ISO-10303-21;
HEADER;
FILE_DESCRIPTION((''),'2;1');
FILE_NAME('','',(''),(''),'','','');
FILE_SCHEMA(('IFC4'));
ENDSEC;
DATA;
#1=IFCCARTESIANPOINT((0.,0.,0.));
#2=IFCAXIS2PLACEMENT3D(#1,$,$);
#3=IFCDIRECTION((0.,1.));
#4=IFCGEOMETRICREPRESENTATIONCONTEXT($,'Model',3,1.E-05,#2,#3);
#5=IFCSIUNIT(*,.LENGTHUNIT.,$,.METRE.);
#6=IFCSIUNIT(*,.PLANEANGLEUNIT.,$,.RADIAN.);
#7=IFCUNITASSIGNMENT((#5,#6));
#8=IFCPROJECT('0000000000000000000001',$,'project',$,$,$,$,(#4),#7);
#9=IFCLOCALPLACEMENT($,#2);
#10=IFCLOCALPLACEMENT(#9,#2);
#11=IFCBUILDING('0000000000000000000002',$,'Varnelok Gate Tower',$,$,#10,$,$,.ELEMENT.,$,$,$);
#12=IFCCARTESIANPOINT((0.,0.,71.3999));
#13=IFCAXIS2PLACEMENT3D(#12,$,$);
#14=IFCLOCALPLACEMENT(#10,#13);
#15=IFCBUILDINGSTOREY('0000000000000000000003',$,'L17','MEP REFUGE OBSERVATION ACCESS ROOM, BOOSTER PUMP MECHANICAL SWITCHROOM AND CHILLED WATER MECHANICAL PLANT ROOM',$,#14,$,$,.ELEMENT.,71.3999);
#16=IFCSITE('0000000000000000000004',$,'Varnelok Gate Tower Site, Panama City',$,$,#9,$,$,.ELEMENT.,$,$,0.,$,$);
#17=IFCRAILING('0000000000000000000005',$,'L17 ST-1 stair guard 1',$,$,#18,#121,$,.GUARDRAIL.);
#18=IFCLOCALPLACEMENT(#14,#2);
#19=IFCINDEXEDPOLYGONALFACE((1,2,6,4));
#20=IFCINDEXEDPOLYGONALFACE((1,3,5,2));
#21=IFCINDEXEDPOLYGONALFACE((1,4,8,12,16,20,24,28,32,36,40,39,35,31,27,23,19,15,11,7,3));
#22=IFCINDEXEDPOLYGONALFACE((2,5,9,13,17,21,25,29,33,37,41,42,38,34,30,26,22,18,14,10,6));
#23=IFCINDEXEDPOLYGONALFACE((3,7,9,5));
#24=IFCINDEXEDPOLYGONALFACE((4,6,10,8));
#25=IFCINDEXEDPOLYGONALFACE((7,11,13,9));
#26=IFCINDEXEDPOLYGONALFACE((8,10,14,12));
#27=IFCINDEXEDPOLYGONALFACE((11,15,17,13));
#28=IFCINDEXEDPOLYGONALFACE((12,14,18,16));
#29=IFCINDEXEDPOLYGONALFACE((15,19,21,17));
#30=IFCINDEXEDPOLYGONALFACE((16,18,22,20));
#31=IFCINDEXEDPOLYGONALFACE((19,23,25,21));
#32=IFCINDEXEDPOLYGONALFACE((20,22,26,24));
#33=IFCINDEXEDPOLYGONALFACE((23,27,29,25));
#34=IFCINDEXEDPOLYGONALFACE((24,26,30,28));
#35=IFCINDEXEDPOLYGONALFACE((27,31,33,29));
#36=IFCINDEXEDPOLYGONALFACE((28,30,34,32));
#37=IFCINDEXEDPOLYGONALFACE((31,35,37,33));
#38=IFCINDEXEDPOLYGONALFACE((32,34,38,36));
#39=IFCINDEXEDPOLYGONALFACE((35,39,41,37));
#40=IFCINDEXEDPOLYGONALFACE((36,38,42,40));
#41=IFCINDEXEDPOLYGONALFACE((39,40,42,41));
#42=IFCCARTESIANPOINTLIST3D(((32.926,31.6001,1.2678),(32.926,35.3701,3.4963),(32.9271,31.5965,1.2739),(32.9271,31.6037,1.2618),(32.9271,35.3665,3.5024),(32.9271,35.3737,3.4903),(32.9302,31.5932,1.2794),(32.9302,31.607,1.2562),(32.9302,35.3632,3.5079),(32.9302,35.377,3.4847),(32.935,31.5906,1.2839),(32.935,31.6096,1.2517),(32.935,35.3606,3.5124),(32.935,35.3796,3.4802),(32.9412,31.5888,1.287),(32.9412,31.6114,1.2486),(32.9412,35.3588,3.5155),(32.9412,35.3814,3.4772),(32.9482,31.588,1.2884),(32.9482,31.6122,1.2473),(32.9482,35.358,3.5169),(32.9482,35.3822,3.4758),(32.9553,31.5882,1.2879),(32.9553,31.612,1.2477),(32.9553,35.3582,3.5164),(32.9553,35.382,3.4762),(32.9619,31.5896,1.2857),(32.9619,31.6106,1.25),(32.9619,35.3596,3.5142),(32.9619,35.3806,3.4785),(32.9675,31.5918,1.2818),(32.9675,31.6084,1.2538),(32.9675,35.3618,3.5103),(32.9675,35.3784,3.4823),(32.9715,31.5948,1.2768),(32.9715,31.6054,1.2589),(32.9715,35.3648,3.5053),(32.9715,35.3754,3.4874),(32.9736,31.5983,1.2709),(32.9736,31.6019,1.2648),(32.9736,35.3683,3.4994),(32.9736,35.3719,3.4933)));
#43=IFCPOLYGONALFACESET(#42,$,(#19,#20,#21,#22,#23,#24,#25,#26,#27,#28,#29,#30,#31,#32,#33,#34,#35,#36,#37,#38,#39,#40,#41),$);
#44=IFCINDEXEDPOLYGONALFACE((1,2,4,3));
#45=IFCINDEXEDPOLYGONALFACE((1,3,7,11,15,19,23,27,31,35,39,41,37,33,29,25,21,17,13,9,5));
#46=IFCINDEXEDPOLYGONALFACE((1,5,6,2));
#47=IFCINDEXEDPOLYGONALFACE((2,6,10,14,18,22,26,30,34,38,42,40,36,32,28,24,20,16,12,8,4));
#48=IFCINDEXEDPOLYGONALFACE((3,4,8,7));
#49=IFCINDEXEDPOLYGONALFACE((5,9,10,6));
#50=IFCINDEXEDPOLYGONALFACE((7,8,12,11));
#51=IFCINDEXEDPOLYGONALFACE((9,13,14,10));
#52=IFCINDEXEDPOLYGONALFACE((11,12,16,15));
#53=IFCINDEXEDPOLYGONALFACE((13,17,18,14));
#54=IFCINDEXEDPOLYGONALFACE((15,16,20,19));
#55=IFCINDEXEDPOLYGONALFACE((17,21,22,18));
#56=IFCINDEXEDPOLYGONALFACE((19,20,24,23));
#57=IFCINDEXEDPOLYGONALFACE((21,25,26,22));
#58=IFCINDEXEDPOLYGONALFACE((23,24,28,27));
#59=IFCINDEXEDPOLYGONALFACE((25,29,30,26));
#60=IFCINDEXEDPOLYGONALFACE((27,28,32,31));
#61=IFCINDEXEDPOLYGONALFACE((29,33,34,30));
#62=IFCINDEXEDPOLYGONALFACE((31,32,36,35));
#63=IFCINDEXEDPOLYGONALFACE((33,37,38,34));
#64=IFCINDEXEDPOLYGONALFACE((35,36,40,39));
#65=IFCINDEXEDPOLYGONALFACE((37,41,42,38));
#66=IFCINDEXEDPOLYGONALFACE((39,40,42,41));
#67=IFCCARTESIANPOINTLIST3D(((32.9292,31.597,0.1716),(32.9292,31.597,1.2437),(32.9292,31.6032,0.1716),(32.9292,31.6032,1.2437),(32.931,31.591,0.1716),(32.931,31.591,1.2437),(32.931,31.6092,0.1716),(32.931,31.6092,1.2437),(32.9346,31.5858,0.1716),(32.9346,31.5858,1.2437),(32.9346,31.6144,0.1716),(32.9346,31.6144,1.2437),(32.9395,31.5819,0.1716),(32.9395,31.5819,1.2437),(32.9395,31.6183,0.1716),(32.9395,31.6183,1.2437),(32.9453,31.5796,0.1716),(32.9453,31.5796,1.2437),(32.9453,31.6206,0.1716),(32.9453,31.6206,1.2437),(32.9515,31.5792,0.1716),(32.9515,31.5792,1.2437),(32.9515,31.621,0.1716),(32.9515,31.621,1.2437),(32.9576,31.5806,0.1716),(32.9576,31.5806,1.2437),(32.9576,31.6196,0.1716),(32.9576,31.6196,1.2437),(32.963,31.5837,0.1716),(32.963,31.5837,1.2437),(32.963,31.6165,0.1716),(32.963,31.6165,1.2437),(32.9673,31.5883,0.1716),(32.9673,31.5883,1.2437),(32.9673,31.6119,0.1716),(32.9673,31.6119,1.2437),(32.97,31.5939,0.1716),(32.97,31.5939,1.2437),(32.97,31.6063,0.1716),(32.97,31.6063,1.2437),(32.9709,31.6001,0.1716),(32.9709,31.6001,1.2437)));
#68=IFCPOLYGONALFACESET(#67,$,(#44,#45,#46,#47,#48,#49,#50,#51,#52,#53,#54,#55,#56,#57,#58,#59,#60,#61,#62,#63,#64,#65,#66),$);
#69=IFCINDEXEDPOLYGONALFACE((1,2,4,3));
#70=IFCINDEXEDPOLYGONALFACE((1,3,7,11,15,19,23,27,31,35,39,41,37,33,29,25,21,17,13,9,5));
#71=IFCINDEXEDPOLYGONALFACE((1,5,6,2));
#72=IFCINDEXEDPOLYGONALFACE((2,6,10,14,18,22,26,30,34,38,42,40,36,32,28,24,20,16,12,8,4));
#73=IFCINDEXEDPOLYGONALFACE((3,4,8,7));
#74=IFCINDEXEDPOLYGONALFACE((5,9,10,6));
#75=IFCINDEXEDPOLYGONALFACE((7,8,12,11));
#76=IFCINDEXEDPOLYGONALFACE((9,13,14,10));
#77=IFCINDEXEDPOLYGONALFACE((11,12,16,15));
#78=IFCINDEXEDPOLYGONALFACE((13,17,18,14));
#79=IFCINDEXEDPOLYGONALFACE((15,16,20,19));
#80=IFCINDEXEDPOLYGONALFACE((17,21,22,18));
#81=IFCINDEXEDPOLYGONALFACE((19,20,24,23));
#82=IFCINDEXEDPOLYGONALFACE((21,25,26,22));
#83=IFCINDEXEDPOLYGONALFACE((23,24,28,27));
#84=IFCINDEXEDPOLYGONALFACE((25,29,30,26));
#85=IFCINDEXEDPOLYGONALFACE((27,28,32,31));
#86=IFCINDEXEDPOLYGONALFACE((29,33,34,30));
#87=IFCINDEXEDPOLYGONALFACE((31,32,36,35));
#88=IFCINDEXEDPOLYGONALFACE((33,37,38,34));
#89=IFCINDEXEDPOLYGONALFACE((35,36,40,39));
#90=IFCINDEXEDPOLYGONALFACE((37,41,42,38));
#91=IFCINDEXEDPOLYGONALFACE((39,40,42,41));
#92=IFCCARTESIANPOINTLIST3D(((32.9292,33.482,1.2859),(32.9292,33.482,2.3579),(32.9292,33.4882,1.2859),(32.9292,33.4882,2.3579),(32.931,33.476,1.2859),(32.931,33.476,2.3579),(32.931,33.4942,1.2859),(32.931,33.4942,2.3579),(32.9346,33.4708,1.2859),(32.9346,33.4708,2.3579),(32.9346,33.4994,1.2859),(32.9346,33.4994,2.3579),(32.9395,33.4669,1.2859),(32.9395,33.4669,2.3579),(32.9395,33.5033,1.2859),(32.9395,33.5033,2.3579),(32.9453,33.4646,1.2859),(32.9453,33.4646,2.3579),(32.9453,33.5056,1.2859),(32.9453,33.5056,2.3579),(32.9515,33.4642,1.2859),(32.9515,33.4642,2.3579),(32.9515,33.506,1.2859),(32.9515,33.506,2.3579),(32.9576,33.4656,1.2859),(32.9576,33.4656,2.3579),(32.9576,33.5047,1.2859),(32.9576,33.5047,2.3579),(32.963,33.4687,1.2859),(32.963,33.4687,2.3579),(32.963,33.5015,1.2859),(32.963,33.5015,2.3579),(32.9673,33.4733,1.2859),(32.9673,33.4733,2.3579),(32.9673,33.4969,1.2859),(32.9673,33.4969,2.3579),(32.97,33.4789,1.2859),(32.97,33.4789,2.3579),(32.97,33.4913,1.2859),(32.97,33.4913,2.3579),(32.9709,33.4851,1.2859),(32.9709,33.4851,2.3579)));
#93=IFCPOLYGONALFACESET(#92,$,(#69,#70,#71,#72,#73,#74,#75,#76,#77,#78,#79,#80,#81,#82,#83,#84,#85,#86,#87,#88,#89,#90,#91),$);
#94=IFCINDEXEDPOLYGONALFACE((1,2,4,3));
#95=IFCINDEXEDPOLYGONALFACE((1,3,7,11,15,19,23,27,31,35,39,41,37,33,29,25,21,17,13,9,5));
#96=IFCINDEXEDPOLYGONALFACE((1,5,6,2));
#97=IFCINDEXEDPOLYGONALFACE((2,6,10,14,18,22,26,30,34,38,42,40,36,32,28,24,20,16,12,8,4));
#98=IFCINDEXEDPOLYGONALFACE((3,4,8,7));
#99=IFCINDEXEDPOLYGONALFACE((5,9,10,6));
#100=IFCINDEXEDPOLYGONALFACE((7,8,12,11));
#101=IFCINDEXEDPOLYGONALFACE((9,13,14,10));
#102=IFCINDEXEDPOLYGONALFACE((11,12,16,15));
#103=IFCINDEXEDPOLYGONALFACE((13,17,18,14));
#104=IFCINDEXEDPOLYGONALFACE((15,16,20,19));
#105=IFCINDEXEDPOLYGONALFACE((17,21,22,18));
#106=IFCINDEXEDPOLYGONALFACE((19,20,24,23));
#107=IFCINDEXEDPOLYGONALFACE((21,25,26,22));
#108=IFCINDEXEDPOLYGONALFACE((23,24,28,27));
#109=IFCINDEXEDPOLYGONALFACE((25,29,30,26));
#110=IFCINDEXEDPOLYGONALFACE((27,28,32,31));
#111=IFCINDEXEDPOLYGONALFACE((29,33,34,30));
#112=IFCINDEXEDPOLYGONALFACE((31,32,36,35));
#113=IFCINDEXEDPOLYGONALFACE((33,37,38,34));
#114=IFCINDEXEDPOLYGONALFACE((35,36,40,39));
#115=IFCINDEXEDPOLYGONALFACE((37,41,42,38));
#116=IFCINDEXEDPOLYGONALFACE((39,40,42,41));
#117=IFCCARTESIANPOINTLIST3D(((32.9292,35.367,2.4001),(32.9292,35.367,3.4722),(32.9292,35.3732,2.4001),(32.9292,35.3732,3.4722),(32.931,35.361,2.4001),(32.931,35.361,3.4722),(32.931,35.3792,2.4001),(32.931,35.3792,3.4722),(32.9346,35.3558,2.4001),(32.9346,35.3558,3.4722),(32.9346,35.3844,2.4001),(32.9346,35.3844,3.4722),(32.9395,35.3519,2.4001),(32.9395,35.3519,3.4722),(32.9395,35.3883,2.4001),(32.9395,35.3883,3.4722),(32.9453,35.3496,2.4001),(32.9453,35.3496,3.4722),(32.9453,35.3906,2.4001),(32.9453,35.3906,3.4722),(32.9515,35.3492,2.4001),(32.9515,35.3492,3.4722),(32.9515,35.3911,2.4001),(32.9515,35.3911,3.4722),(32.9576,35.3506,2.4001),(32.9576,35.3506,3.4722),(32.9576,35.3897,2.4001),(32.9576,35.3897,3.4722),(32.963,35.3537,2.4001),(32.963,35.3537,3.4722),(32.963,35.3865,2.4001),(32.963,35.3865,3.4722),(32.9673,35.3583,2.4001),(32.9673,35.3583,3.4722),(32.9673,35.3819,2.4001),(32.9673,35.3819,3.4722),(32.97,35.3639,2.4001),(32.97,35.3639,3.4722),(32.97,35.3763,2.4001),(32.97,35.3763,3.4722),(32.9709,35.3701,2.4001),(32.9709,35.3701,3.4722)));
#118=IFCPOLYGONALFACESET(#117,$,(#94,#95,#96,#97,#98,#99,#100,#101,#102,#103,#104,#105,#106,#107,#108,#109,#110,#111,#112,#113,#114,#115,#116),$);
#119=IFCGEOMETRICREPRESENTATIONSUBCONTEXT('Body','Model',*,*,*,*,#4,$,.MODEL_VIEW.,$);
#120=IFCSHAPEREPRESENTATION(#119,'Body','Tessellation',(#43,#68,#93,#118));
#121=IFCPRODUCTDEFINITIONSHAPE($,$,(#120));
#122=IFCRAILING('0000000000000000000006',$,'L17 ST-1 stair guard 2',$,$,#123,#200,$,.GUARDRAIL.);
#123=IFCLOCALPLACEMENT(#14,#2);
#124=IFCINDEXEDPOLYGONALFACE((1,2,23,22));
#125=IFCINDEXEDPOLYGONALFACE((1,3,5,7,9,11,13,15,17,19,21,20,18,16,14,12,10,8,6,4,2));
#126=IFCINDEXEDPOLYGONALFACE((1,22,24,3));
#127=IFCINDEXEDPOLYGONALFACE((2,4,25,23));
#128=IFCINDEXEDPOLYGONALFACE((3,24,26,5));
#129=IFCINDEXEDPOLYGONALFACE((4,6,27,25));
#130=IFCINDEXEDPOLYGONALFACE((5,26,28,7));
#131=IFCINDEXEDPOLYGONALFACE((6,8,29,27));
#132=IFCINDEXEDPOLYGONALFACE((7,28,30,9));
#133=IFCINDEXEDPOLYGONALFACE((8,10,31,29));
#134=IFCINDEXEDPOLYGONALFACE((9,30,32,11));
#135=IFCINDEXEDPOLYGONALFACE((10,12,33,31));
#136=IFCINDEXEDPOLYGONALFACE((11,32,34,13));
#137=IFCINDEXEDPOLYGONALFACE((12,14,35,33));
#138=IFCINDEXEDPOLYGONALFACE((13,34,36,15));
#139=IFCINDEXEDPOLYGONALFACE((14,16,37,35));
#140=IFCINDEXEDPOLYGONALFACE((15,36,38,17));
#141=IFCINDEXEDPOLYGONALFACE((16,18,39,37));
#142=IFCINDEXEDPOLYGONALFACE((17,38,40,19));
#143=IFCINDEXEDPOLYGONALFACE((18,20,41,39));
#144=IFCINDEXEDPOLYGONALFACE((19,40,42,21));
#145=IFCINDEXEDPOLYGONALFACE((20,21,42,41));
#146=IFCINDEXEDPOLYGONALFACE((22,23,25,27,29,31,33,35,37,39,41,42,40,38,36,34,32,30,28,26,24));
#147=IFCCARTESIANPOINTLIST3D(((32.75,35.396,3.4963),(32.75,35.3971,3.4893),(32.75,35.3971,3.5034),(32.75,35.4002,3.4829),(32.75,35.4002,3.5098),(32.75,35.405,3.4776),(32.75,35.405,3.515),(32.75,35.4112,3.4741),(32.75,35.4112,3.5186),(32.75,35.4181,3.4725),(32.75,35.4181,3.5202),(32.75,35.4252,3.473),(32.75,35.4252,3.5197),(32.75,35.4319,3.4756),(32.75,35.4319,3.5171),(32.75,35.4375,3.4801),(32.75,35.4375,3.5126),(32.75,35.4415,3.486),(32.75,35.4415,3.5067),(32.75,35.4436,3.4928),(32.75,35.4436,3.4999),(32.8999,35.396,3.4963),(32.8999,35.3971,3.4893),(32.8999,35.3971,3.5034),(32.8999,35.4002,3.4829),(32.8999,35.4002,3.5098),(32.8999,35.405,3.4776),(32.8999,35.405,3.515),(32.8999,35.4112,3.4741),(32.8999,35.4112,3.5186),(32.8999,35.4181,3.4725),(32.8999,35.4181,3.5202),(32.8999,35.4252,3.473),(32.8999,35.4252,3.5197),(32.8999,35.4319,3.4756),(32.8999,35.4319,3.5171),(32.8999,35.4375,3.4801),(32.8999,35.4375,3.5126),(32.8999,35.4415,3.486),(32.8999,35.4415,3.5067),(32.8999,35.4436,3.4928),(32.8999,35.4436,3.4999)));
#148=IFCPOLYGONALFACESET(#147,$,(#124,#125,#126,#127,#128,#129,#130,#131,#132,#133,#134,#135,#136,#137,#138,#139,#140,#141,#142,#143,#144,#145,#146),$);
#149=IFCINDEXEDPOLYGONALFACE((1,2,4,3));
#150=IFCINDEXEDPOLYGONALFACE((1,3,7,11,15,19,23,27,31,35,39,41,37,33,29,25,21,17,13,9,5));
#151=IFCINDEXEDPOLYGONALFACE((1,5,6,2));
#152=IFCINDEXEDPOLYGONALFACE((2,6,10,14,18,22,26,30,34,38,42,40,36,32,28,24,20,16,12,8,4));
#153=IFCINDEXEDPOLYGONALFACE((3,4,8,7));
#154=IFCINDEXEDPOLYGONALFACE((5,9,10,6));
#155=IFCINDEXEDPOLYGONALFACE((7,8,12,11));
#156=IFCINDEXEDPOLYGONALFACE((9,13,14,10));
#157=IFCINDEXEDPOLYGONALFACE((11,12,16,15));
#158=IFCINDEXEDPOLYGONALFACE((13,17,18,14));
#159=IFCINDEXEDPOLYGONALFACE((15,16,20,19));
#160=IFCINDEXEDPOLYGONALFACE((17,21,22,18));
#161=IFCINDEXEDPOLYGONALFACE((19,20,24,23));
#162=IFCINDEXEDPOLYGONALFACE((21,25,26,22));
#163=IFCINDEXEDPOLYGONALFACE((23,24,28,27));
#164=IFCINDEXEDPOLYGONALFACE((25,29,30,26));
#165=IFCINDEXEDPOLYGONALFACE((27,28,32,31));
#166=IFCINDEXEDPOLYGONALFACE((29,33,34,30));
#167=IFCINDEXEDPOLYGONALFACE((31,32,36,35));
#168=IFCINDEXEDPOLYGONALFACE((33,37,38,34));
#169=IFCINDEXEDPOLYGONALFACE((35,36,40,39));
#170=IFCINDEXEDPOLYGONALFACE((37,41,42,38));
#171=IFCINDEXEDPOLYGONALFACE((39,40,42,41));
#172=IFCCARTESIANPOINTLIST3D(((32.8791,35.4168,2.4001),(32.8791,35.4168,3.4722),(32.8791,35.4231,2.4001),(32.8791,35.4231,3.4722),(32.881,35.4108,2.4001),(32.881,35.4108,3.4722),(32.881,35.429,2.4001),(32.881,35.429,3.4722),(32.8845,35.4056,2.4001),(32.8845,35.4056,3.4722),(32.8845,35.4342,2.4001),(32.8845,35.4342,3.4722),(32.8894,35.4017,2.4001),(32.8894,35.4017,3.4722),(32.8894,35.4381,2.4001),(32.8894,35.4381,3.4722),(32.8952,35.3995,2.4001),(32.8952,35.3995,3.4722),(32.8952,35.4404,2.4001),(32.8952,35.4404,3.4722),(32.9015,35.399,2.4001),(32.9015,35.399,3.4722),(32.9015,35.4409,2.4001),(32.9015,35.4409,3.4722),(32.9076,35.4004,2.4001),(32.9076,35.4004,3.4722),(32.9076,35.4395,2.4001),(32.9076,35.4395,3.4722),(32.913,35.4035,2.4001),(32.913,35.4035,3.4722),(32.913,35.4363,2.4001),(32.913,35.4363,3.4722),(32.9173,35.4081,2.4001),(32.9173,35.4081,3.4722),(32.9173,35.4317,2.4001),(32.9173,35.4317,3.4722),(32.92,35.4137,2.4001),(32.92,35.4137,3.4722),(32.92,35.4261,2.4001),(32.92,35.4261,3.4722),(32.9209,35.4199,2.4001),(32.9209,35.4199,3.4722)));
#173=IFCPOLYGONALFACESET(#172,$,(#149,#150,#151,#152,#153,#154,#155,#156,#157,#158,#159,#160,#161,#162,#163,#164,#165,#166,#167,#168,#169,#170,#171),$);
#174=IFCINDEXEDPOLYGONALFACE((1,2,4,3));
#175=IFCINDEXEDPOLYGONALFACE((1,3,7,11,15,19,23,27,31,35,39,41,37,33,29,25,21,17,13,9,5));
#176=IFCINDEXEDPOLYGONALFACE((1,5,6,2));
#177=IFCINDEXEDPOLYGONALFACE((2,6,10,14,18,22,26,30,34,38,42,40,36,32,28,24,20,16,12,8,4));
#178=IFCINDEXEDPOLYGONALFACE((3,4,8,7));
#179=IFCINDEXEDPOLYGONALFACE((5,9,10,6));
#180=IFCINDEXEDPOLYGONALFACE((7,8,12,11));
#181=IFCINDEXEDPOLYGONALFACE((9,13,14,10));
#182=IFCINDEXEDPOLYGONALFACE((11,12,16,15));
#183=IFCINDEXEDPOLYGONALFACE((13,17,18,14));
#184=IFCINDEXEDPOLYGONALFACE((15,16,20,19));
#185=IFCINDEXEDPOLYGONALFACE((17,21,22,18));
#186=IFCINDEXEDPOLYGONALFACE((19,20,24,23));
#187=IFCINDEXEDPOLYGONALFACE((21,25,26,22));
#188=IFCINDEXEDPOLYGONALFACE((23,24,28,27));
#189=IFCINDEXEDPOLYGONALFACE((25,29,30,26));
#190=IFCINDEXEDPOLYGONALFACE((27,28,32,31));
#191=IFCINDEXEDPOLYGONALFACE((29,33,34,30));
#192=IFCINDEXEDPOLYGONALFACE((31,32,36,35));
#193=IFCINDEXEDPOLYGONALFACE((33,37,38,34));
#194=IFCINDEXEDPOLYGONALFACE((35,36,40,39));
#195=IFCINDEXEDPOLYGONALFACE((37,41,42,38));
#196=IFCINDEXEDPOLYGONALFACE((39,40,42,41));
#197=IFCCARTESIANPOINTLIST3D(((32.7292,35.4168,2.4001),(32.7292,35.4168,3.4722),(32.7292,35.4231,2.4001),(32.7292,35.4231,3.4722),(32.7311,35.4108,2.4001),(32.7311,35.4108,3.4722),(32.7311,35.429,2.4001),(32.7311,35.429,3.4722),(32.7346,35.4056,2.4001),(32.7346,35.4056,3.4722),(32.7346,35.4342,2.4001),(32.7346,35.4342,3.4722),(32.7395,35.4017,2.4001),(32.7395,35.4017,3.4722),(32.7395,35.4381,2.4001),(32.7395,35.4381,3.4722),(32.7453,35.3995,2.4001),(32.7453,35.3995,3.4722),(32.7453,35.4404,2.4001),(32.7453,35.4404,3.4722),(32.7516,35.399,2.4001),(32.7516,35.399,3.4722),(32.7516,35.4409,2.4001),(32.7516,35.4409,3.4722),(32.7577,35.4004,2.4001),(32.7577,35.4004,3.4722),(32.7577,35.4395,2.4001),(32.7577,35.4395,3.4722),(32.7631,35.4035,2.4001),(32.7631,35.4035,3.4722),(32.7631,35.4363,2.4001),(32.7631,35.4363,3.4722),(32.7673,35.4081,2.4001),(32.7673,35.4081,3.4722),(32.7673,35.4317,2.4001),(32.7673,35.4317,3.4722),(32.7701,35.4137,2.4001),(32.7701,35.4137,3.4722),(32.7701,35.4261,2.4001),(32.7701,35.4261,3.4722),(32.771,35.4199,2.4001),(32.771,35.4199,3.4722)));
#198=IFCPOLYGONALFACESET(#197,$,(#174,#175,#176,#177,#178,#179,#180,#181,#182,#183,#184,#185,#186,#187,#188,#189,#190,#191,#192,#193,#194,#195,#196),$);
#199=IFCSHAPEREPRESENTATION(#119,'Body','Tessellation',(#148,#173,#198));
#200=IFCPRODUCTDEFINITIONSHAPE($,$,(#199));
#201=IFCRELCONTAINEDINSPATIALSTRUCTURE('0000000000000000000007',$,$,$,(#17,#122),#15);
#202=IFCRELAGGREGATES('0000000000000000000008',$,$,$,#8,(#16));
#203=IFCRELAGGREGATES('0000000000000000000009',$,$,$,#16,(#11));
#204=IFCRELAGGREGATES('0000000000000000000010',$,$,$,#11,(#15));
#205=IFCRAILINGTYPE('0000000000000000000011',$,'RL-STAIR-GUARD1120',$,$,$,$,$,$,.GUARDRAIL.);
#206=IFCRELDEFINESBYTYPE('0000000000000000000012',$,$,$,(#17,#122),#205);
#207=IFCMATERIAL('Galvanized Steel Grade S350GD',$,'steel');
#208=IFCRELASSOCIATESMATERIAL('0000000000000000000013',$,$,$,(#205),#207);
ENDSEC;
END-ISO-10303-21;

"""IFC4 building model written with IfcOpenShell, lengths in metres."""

from ifc_helpers import new_model, si_unit, direction, frame, origin, origin_2d, place, context, subcontext, project, spatial, circle, extrude, material, type_object, element, save


model = new_model("IFC4")

# Units and contexts
model_context = context("Model", 3, precision=1e-05, world=origin(), true_north=direction((0.0, 1.0)))
body_context = subcontext(model_context, "Body", "Model", "MODEL_VIEW")
ifc_project = project(units=[si_unit("LENGTHUNIT", "METRE"), si_unit("PLANEANGLEUNIT", "RADIAN")], contexts=[model_context])

# Site, building, storey
site_placement = place(None, origin())
site = spatial("IfcSite", under=ifc_project, at=site_placement, Name="Varnelok Gate Tower Site, Panama City", CompositionType="ELEMENT", RefElevation=0.0)
building_placement = place(site_placement, origin())
building = spatial("IfcBuilding", under=site, at=building_placement, Name="Varnelok Gate Tower", CompositionType="ELEMENT")
storey_placement = place(building_placement, frame((0.0, 0.0, 71.3999)))
storey = spatial("IfcBuildingStorey", under=building, at=storey_placement, Name="L17", Description="MEP REFUGE OBSERVATION ACCESS ROOM, BOOSTER PUMP MECHANICAL SWITCHROOM AND CHILLED WATER MECHANICAL PLANT ROOM", CompositionType="ELEMENT", Elevation=71.3999)

# Shared definitions
ifc_material_1 = material(Name="Galvanized Steel Grade S350GD", Category="steel")

# Railings
railing_type_1 = type_object("IfcRailingType", Name="RL-STAIR-GUARD1120", PredefinedType="GUARDRAIL", material=ifc_material_1)
railing_1_placement = place(storey_placement, frame((32.95, 31.6001, 0.1716)))
element("IfcRailing", 1, at=railing_1_placement, inside=storey, type_object=railing_type_1, Name="L17 ST-1 stair guard 1", PredefinedType="GUARDRAIL", context=body_context, shape_type="SweptSolid", body=[
    extrude(circle(Radius=0.0239, at=origin_2d()), frame((0.0, 0.0, 1.0962), z_axis=(0.0, 0.860849, 0.508861), x_axis=(-1.0, 0.0, 0.0)), (0.0, 0.0, 1.0), 4.3794),
    extrude(circle(Radius=0.021, at=origin_2d()), origin(), (0.0, 0.0, 1.0), 1.072),
    extrude(circle(Radius=0.021, at=origin_2d()), frame((0.0, 1.885, 1.1143)), (0.0, 0.0, 1.0), 1.072),
    extrude(circle(Radius=0.021, at=origin_2d()), frame((0.0, 3.77, 2.2285)), (0.0, 0.0, 1.0), 1.072),
])
railing_2_placement = place(storey_placement, frame((32.8999, 35.4199, 2.4001)))
element("IfcRailing", 2, at=railing_2_placement, inside=storey, type_object=railing_type_1, Name="L17 ST-1 stair guard 2", PredefinedType="GUARDRAIL", context=body_context, shape_type="SweptSolid", body=[
    extrude(circle(Radius=0.0239, at=origin_2d()), frame((0.0, 0.0, 1.0962), z_axis=(-1.0, 0.0, 0.0), x_axis=(0.0, -1.0, 0.0)), (0.0, 0.0, 1.0), 0.1499),
    extrude(circle(Radius=0.021, at=origin_2d()), origin(), (0.0, 0.0, 1.0), 1.072),
    extrude(circle(Radius=0.021, at=origin_2d()), frame((-0.1499, 0.0, 0.0)), (0.0, 0.0, 1.0), 1.072),
])

save(model, "model.ifc")
